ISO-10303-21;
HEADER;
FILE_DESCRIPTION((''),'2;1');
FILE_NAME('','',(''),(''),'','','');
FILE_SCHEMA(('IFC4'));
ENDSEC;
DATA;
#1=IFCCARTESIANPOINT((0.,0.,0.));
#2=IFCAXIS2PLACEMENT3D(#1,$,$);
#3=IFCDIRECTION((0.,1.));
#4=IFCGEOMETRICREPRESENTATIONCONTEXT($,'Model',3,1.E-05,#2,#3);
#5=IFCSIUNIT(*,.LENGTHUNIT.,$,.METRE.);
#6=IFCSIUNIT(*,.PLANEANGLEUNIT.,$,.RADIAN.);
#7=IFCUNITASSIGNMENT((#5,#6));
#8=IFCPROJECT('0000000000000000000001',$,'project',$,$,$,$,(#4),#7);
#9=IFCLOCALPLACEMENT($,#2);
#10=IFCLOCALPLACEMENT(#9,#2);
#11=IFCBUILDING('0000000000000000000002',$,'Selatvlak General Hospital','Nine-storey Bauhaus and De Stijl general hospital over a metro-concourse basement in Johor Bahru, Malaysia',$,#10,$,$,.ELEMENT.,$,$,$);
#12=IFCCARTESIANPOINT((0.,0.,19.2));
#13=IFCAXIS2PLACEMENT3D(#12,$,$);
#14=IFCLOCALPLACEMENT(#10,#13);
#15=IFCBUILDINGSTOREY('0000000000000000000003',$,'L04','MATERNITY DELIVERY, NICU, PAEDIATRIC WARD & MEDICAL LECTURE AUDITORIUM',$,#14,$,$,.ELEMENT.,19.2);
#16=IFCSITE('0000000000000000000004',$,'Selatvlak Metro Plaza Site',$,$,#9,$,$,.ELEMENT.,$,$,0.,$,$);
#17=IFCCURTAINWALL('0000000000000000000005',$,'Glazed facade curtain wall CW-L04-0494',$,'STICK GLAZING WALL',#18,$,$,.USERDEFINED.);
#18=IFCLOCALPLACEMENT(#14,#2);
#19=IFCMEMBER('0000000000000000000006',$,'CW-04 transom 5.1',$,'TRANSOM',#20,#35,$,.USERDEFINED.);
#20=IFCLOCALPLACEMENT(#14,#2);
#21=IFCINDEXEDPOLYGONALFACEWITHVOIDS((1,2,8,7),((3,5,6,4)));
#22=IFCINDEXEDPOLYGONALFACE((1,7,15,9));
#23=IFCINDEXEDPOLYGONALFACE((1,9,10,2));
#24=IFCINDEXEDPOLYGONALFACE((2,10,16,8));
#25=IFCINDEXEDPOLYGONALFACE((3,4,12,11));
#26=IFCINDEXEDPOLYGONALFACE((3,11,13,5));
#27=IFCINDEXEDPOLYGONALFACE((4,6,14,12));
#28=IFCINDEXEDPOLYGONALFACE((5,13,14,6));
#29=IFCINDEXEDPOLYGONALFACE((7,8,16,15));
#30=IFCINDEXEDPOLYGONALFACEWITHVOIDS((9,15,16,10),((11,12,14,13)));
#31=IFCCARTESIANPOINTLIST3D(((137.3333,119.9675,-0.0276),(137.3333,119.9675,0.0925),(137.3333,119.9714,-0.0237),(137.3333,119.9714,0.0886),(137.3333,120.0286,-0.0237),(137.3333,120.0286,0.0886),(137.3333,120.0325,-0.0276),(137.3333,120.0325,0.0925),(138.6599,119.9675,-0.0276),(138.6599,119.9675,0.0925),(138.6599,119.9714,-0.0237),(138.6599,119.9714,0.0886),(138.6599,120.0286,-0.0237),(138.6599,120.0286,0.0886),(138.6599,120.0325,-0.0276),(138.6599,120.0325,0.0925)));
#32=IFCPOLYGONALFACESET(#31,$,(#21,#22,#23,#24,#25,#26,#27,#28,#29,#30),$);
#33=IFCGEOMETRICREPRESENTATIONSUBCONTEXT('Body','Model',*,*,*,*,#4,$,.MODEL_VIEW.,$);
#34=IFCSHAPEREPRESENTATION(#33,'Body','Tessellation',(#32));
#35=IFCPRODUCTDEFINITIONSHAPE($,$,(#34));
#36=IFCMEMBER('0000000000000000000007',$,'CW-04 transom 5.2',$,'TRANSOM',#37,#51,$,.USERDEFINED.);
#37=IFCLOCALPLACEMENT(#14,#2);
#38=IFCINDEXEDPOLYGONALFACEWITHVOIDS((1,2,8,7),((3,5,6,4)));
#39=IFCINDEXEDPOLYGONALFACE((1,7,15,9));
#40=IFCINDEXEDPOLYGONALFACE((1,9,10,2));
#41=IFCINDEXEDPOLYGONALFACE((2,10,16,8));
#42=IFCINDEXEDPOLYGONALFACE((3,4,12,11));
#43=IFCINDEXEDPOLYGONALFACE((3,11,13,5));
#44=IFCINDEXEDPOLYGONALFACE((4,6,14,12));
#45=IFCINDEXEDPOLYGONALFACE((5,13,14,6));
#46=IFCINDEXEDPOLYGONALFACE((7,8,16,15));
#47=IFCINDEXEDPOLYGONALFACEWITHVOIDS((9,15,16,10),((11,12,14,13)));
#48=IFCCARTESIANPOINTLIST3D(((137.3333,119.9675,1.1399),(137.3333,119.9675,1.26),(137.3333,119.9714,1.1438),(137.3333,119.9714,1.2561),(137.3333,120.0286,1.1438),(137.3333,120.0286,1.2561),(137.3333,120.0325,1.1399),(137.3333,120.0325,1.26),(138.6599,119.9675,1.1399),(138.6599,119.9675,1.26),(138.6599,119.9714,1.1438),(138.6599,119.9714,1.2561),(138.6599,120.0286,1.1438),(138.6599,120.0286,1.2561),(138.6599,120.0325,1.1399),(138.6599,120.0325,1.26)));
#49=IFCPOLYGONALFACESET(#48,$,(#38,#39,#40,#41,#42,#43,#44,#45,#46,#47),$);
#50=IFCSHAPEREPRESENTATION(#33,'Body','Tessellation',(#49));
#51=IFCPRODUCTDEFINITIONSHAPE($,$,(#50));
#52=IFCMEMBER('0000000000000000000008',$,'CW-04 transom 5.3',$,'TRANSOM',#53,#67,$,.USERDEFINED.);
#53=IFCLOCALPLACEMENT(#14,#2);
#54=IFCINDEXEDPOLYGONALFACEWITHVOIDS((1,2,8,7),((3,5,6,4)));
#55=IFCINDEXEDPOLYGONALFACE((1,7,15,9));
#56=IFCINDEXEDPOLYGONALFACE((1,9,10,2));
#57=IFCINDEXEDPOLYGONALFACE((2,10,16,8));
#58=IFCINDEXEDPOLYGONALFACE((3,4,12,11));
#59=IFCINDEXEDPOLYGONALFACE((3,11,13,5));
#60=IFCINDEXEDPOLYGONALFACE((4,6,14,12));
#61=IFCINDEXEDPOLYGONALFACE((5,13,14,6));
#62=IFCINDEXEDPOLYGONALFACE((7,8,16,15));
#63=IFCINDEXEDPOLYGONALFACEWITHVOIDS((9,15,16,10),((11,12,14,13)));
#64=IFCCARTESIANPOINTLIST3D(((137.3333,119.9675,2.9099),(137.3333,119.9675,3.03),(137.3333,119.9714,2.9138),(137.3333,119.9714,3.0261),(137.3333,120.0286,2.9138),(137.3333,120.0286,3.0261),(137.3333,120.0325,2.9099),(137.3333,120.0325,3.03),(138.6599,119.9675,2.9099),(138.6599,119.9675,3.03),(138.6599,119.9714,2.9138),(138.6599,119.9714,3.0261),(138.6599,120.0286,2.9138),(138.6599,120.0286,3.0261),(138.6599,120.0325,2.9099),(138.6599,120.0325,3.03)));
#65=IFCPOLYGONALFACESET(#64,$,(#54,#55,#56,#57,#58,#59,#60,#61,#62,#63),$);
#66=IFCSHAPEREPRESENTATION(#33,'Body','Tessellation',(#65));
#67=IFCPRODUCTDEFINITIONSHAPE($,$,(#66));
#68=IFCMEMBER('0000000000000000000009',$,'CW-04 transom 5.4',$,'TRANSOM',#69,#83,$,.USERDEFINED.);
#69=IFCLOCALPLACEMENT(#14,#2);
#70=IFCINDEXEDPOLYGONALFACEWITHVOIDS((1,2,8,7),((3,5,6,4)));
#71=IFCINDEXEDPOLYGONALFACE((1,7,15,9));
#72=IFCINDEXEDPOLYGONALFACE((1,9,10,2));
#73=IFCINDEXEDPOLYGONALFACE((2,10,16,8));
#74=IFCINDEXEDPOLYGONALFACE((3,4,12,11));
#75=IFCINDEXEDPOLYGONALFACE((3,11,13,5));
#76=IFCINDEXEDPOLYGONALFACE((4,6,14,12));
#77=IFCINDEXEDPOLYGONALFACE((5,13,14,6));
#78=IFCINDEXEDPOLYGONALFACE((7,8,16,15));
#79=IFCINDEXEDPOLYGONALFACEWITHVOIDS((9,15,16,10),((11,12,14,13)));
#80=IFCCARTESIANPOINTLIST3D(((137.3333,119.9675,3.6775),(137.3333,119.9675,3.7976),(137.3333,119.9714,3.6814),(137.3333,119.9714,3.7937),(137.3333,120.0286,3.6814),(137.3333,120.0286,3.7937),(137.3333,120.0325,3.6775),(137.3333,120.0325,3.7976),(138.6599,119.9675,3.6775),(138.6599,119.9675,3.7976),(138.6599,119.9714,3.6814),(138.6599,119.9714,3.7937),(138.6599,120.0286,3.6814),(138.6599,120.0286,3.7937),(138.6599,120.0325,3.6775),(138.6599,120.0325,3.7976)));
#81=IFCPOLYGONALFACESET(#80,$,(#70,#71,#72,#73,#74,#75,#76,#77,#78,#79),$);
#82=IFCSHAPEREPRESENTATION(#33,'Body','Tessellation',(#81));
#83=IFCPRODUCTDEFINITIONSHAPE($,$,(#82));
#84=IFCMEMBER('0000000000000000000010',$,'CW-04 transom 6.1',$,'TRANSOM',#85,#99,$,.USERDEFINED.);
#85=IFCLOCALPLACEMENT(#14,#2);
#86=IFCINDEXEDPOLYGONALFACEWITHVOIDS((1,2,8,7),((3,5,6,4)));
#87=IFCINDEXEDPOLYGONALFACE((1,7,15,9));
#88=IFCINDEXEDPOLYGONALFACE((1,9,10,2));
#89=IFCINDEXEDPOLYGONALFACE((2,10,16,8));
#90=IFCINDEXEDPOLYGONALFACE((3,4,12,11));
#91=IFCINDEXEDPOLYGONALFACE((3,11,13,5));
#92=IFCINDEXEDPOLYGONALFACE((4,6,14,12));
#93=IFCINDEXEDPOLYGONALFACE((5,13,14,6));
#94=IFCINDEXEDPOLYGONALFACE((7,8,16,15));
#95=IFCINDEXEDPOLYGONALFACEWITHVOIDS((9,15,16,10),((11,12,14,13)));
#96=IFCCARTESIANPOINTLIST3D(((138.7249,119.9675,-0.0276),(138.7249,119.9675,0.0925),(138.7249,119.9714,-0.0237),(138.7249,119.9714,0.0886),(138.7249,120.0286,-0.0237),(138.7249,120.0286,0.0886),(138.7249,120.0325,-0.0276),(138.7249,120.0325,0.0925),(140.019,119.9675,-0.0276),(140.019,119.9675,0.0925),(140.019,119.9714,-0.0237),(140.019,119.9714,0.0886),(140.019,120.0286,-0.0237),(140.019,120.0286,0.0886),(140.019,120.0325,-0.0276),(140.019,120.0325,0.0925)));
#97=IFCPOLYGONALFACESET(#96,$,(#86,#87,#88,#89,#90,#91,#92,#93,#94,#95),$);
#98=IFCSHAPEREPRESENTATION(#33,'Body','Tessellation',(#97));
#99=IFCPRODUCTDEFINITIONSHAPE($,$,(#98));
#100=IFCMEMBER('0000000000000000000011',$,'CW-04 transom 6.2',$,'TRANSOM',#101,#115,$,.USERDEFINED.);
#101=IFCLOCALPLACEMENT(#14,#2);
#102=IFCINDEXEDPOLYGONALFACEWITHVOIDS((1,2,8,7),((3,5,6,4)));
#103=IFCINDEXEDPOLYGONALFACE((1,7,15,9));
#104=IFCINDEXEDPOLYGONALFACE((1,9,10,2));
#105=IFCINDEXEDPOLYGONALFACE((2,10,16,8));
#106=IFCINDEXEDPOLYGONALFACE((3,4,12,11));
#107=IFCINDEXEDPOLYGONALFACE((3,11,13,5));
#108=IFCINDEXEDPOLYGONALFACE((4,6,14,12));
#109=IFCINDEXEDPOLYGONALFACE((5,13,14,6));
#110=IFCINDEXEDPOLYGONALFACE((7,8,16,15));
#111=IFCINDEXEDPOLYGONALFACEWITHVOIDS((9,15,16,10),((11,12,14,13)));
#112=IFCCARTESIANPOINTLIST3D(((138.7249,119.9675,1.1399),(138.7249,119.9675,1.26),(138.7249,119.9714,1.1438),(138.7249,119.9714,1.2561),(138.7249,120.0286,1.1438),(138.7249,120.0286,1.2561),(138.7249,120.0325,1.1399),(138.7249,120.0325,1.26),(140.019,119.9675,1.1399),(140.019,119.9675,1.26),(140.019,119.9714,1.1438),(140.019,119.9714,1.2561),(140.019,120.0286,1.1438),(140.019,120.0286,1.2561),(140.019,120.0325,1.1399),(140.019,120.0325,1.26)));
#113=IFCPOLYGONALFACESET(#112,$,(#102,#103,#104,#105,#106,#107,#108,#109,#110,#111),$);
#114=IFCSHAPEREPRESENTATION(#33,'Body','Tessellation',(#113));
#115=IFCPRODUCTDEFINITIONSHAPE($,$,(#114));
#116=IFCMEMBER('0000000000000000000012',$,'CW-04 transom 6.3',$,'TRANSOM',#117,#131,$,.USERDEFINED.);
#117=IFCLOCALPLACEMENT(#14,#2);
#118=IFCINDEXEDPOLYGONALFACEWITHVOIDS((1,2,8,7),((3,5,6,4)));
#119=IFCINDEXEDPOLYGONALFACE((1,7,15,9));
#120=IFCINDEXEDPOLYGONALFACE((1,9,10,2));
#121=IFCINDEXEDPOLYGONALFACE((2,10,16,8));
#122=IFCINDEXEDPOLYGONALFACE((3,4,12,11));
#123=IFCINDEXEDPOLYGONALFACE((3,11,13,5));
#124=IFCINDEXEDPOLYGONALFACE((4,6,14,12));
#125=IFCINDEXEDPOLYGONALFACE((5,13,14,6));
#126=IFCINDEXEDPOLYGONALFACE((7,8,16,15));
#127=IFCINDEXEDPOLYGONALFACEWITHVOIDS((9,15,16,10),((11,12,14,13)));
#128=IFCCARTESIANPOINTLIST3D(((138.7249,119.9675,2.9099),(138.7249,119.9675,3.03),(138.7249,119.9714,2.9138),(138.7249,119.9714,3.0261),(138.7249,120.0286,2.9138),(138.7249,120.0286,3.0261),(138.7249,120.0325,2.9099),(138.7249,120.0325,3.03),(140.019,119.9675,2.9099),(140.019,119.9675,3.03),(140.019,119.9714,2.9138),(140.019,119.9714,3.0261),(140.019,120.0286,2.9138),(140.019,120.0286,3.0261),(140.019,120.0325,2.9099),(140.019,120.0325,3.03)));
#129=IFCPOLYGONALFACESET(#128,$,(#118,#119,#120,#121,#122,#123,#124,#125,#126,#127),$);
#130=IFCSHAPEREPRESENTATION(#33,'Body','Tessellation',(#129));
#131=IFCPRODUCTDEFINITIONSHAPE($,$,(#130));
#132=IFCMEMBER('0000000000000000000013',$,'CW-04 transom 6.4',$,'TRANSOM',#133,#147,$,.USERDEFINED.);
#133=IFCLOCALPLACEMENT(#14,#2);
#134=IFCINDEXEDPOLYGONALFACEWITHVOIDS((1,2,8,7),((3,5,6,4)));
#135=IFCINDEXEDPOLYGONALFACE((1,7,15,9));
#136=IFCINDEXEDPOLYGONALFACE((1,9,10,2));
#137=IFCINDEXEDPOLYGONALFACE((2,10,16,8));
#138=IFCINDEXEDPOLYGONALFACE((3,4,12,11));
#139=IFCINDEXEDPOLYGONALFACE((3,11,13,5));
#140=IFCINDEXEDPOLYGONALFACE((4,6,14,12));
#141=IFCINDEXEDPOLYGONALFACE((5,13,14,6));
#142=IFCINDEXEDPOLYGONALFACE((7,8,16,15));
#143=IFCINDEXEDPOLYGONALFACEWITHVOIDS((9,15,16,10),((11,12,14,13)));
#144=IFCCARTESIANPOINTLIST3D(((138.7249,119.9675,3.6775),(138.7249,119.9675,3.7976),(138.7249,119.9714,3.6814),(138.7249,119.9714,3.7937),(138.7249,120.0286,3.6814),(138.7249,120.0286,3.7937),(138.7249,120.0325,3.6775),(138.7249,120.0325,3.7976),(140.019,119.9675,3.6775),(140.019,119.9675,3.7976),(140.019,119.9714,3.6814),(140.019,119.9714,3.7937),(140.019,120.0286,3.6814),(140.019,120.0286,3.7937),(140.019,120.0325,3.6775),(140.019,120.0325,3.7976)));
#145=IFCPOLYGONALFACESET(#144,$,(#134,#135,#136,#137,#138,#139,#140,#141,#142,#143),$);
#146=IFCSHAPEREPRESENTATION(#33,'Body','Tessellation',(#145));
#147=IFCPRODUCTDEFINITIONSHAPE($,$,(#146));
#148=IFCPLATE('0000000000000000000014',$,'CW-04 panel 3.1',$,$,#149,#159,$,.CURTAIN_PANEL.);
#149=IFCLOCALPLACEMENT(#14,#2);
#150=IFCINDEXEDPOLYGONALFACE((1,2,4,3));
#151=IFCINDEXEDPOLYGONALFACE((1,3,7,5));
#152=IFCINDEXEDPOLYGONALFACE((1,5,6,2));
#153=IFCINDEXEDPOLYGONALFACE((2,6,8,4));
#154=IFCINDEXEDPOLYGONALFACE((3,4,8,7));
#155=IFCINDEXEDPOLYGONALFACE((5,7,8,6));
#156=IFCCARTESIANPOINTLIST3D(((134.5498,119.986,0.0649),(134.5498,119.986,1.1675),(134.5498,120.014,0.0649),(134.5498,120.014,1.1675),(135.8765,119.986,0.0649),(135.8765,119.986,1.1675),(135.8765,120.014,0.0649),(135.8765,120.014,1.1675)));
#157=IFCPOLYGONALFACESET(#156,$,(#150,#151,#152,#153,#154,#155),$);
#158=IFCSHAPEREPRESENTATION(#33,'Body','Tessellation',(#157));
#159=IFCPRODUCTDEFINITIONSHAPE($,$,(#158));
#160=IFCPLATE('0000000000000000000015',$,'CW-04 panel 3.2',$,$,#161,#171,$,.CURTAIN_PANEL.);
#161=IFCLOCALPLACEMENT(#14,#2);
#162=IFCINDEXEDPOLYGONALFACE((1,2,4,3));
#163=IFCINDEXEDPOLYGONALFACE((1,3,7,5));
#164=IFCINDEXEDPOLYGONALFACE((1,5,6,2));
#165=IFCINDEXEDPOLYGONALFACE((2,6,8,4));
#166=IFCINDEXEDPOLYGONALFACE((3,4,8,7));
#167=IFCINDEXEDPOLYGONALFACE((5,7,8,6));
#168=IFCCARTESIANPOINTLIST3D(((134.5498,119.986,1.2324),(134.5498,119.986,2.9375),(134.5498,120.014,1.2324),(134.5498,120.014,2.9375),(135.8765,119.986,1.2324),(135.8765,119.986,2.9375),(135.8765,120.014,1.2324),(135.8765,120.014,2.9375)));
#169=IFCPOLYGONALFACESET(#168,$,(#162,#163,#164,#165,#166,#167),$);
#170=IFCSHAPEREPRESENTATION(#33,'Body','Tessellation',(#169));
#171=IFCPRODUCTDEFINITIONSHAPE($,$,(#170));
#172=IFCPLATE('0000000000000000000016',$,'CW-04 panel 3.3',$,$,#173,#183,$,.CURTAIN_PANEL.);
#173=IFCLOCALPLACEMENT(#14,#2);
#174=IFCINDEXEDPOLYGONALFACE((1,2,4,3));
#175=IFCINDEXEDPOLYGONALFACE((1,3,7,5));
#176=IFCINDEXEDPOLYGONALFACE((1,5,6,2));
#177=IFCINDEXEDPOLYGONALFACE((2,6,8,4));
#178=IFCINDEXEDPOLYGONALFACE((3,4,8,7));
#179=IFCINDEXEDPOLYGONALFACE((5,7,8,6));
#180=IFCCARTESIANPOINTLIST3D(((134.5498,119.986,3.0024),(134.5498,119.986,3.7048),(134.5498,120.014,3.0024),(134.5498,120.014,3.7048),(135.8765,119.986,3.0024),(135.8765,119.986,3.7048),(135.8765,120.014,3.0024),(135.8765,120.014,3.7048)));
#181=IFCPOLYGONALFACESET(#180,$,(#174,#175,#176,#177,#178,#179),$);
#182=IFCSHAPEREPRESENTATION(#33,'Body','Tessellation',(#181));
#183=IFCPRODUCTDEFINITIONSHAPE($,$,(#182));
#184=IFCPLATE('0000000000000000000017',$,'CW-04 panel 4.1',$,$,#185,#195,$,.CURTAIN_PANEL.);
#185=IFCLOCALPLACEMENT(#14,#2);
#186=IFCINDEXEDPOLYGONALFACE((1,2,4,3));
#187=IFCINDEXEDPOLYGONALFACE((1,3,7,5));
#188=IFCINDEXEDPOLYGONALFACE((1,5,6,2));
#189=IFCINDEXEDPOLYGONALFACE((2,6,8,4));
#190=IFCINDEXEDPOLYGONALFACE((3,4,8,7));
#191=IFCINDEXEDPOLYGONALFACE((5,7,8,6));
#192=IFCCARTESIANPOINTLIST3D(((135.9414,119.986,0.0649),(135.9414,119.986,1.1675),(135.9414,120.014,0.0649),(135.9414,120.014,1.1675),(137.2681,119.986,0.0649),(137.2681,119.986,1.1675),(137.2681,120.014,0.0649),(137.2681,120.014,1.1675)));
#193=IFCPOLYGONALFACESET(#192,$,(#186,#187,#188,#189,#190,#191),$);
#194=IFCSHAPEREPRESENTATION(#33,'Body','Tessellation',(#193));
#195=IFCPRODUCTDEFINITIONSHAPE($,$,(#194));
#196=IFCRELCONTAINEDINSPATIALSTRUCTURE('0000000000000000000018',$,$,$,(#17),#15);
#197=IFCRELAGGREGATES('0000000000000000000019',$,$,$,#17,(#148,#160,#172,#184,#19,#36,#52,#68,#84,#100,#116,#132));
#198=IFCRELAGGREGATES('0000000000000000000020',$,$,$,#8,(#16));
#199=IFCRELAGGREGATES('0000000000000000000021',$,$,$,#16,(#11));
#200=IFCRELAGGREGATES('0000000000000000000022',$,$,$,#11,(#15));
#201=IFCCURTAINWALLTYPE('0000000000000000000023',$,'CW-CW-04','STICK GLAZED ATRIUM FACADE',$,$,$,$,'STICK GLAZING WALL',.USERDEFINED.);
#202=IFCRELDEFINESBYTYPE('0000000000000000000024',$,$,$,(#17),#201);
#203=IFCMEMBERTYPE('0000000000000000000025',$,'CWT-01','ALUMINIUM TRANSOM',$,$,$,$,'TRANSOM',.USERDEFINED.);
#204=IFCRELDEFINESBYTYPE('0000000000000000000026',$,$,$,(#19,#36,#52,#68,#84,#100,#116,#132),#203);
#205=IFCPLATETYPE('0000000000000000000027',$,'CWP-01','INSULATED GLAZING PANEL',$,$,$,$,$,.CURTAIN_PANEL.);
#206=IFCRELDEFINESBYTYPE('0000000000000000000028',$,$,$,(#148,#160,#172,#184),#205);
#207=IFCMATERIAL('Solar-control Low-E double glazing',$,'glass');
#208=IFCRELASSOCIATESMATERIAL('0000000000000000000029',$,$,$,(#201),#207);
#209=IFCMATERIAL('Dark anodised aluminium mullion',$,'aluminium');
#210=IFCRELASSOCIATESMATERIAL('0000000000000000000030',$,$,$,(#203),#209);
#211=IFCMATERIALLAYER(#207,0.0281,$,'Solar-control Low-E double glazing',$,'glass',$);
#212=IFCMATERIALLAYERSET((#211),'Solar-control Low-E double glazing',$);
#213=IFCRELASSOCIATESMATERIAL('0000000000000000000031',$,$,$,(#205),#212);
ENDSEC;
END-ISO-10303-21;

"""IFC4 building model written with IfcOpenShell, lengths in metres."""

from ifc_helpers import new_model, si_unit, direction, frame, origin, origin_2d, place, context, subcontext, project, spatial, rectangle, hollow_rectangle, extrude, material, layer, layer_set, material_profile, profile_set, type_object, element, aggregate, save


model = new_model("IFC4")

# Units and contexts
model_context = context("Model", 3, precision=1e-05, world=origin(), true_north=direction((0.0, 1.0)))
body_context = subcontext(model_context, "Body", "Model", "MODEL_VIEW")
ifc_project = project(units=[si_unit("LENGTHUNIT", "METRE"), si_unit("PLANEANGLEUNIT", "RADIAN")], contexts=[model_context])

# Site, building, storey
site_placement = place(None, origin())
site = spatial("IfcSite", under=ifc_project, at=site_placement, Name="Selatvlak Metro Plaza Site", CompositionType="ELEMENT", RefElevation=0.0)
building_placement = place(site_placement, origin())
building = spatial("IfcBuilding", under=site, at=building_placement, Name="Selatvlak General Hospital", Description="Nine-storey Bauhaus and De Stijl general hospital over a metro-concourse basement in Johor Bahru, Malaysia", CompositionType="ELEMENT")
storey_placement = place(building_placement, frame((0.0, 0.0, 19.2)))
storey = spatial("IfcBuildingStorey", under=building, at=storey_placement, Name="L04", Description="MATERNITY DELIVERY, NICU, PAEDIATRIC WARD & MEDICAL LECTURE AUDITORIUM", CompositionType="ELEMENT", Elevation=19.2)

# Curtain wall, members, plates
ifc_material_1 = material(Name="Solar-control Low-E double glazing", Category="glass")
curtain_wall_type = type_object("IfcCurtainWallType", Name="CW-CW-04", Description="STICK GLAZED ATRIUM FACADE", ElementType="STICK GLAZING WALL", PredefinedType="USERDEFINED", material=ifc_material_1)
curtain_wall_placement = place(storey_placement, origin())
curtain_wall = element("IfcCurtainWall", 1, at=curtain_wall_placement, inside=storey, type_object=curtain_wall_type, Name="Glazed facade curtain wall CW-L04-0494", ObjectType="STICK GLAZING WALL", PredefinedType="USERDEFINED")
ifc_material_2 = material(Name="Dark anodised aluminium mullion", Category="aluminium")
ifc_material_profile_1 = material_profile(ifc_material_2, hollow_rectangle(XDim=0.0649, YDim=0.1201, WallThickness=0.0039, at=origin_2d()), Name="AL-TRN 65x120x4")
ifc_profile_set_1 = profile_set([ifc_material_profile_1], Name="Dark anodised aluminium mullion")
member_type_1 = type_object("IfcMemberType", Name="CWT-01", Description="ALUMINIUM TRANSOM", ElementType="TRANSOM", PredefinedType="USERDEFINED", material=ifc_profile_set_1)
member_1_placement = place(storey_placement, frame((137.3333, 120.0, 0.0325), z_axis=(1.0, 0.0, 0.0), x_axis=(0.0, 1.0, 0.0)))
member_1 = element("IfcMember", 2, at=member_1_placement, type_object=member_type_1, Name="CW-04 transom 5.1", ObjectType="TRANSOM", PredefinedType="USERDEFINED", context=body_context, shape_type="SweptSolid", body=[
    extrude(hollow_rectangle(XDim=0.0649, YDim=0.1201, WallThickness=0.0039, at=origin_2d()), origin(), (0.0, 0.0, 1.0), 1.3267),
])
member_2_placement = place(storey_placement, frame((137.3333, 120.0, 1.2), z_axis=(1.0, 0.0, 0.0), x_axis=(0.0, 1.0, 0.0)))
member_2 = element("IfcMember", 3, at=member_2_placement, type_object=member_type_1, Name="CW-04 transom 5.2", ObjectType="TRANSOM", PredefinedType="USERDEFINED", context=body_context, shape_type="SweptSolid", body=[
    extrude(hollow_rectangle(XDim=0.0649, YDim=0.1201, WallThickness=0.0039, at=origin_2d()), origin(), (0.0, 0.0, 1.0), 1.3267),
])
member_3_placement = place(storey_placement, frame((137.3333, 120.0, 2.97), z_axis=(1.0, 0.0, 0.0), x_axis=(0.0, 1.0, 0.0)))
member_3 = element("IfcMember", 4, at=member_3_placement, type_object=member_type_1, Name="CW-04 transom 5.3", ObjectType="TRANSOM", PredefinedType="USERDEFINED", context=body_context, shape_type="SweptSolid", body=[
    extrude(hollow_rectangle(XDim=0.0649, YDim=0.1201, WallThickness=0.0039, at=origin_2d()), origin(), (0.0, 0.0, 1.0), 1.3267),
])
member_4_placement = place(storey_placement, frame((137.3333, 120.0, 3.7375), z_axis=(1.0, 0.0, 0.0), x_axis=(0.0, 1.0, 0.0)))
member_4 = element("IfcMember", 5, at=member_4_placement, type_object=member_type_1, Name="CW-04 transom 5.4", ObjectType="TRANSOM", PredefinedType="USERDEFINED", context=body_context, shape_type="SweptSolid", body=[
    extrude(hollow_rectangle(XDim=0.0649, YDim=0.1201, WallThickness=0.0039, at=origin_2d()), origin(), (0.0, 0.0, 1.0), 1.3267),
])
member_5_placement = place(storey_placement, frame((138.7249, 120.0, 0.0325), z_axis=(1.0, 0.0, 0.0), x_axis=(0.0, 1.0, 0.0)))
member_5 = element("IfcMember", 6, at=member_5_placement, type_object=member_type_1, Name="CW-04 transom 6.1", ObjectType="TRANSOM", PredefinedType="USERDEFINED", context=body_context, shape_type="SweptSolid", body=[
    extrude(hollow_rectangle(XDim=0.0649, YDim=0.1201, WallThickness=0.0039, at=origin_2d()), origin(), (0.0, 0.0, 1.0), 1.2942),
])
member_6_placement = place(storey_placement, frame((138.7249, 120.0, 1.2), z_axis=(1.0, 0.0, 0.0), x_axis=(0.0, 1.0, 0.0)))
member_6 = element("IfcMember", 7, at=member_6_placement, type_object=member_type_1, Name="CW-04 transom 6.2", ObjectType="TRANSOM", PredefinedType="USERDEFINED", context=body_context, shape_type="SweptSolid", body=[
    extrude(hollow_rectangle(XDim=0.0649, YDim=0.1201, WallThickness=0.0039, at=origin_2d()), origin(), (0.0, 0.0, 1.0), 1.2942),
])
member_7_placement = place(storey_placement, frame((138.7249, 120.0, 2.97), z_axis=(1.0, 0.0, 0.0), x_axis=(0.0, 1.0, 0.0)))
member_7 = element("IfcMember", 8, at=member_7_placement, type_object=member_type_1, Name="CW-04 transom 6.3", ObjectType="TRANSOM", PredefinedType="USERDEFINED", context=body_context, shape_type="SweptSolid", body=[
    extrude(hollow_rectangle(XDim=0.0649, YDim=0.1201, WallThickness=0.0039, at=origin_2d()), origin(), (0.0, 0.0, 1.0), 1.2942),
])
member_8_placement = place(storey_placement, frame((138.7249, 120.0, 3.7375), z_axis=(1.0, 0.0, 0.0), x_axis=(0.0, 1.0, 0.0)))
member_8 = element("IfcMember", 9, at=member_8_placement, type_object=member_type_1, Name="CW-04 transom 6.4", ObjectType="TRANSOM", PredefinedType="USERDEFINED", context=body_context, shape_type="SweptSolid", body=[
    extrude(hollow_rectangle(XDim=0.0649, YDim=0.1201, WallThickness=0.0039, at=origin_2d()), origin(), (0.0, 0.0, 1.0), 1.2942),
])
ifc_layer_1 = layer(ifc_material_1, 0.0281, Name="Solar-control Low-E double glazing", Category="glass")
ifc_layer_set_1 = layer_set([ifc_layer_1], Name="Solar-control Low-E double glazing")
plate_type = type_object("IfcPlateType", Name="CWP-01", Description="INSULATED GLAZING PANEL", PredefinedType="CURTAIN_PANEL", material=ifc_layer_set_1)
plate_1_placement = place(storey_placement, frame((135.2131, 120.0, 0.0649), z_axis=(0.0, 0.0, 1.0), x_axis=(1.0, 0.0, 0.0)))
plate_1 = element("IfcPlate", 10, at=plate_1_placement, type_object=plate_type, Name="CW-04 panel 3.1", PredefinedType="CURTAIN_PANEL", context=body_context, shape_type="SweptSolid", body=[
    extrude(rectangle(XDim=1.3267, YDim=0.0281, at=origin_2d()), origin(), (0.0, 0.0, 1.0), 1.1025),
])
plate_2_placement = place(storey_placement, frame((135.2131, 120.0, 1.2324), z_axis=(0.0, 0.0, 1.0), x_axis=(1.0, 0.0, 0.0)))
plate_2 = element("IfcPlate", 11, at=plate_2_placement, type_object=plate_type, Name="CW-04 panel 3.2", PredefinedType="CURTAIN_PANEL", context=body_context, shape_type="SweptSolid", body=[
    extrude(rectangle(XDim=1.3267, YDim=0.0281, at=origin_2d()), origin(), (0.0, 0.0, 1.0), 1.7051),
])
plate_3_placement = place(storey_placement, frame((135.2131, 120.0, 3.0024), z_axis=(0.0, 0.0, 1.0), x_axis=(1.0, 0.0, 0.0)))
plate_3 = element("IfcPlate", 12, at=plate_3_placement, type_object=plate_type, Name="CW-04 panel 3.3", PredefinedType="CURTAIN_PANEL", context=body_context, shape_type="SweptSolid", body=[
    extrude(rectangle(XDim=1.3267, YDim=0.0281, at=origin_2d()), origin(), (0.0, 0.0, 1.0), 0.7024),
])
plate_4_placement = place(storey_placement, frame((136.6047, 120.0, 0.0649), z_axis=(0.0, 0.0, 1.0), x_axis=(1.0, 0.0, 0.0)))
plate_4 = element("IfcPlate", 13, at=plate_4_placement, type_object=plate_type, Name="CW-04 panel 4.1", PredefinedType="CURTAIN_PANEL", context=body_context, shape_type="SweptSolid", body=[
    extrude(rectangle(XDim=1.3267, YDim=0.0281, at=origin_2d()), origin(), (0.0, 0.0, 1.0), 1.1025),
])
aggregate(curtain_wall, [plate_1, plate_2, plate_3, plate_4, member_1, member_2, member_3, member_4, member_5, member_6, member_7, member_8])

save(model, "model.ifc")
